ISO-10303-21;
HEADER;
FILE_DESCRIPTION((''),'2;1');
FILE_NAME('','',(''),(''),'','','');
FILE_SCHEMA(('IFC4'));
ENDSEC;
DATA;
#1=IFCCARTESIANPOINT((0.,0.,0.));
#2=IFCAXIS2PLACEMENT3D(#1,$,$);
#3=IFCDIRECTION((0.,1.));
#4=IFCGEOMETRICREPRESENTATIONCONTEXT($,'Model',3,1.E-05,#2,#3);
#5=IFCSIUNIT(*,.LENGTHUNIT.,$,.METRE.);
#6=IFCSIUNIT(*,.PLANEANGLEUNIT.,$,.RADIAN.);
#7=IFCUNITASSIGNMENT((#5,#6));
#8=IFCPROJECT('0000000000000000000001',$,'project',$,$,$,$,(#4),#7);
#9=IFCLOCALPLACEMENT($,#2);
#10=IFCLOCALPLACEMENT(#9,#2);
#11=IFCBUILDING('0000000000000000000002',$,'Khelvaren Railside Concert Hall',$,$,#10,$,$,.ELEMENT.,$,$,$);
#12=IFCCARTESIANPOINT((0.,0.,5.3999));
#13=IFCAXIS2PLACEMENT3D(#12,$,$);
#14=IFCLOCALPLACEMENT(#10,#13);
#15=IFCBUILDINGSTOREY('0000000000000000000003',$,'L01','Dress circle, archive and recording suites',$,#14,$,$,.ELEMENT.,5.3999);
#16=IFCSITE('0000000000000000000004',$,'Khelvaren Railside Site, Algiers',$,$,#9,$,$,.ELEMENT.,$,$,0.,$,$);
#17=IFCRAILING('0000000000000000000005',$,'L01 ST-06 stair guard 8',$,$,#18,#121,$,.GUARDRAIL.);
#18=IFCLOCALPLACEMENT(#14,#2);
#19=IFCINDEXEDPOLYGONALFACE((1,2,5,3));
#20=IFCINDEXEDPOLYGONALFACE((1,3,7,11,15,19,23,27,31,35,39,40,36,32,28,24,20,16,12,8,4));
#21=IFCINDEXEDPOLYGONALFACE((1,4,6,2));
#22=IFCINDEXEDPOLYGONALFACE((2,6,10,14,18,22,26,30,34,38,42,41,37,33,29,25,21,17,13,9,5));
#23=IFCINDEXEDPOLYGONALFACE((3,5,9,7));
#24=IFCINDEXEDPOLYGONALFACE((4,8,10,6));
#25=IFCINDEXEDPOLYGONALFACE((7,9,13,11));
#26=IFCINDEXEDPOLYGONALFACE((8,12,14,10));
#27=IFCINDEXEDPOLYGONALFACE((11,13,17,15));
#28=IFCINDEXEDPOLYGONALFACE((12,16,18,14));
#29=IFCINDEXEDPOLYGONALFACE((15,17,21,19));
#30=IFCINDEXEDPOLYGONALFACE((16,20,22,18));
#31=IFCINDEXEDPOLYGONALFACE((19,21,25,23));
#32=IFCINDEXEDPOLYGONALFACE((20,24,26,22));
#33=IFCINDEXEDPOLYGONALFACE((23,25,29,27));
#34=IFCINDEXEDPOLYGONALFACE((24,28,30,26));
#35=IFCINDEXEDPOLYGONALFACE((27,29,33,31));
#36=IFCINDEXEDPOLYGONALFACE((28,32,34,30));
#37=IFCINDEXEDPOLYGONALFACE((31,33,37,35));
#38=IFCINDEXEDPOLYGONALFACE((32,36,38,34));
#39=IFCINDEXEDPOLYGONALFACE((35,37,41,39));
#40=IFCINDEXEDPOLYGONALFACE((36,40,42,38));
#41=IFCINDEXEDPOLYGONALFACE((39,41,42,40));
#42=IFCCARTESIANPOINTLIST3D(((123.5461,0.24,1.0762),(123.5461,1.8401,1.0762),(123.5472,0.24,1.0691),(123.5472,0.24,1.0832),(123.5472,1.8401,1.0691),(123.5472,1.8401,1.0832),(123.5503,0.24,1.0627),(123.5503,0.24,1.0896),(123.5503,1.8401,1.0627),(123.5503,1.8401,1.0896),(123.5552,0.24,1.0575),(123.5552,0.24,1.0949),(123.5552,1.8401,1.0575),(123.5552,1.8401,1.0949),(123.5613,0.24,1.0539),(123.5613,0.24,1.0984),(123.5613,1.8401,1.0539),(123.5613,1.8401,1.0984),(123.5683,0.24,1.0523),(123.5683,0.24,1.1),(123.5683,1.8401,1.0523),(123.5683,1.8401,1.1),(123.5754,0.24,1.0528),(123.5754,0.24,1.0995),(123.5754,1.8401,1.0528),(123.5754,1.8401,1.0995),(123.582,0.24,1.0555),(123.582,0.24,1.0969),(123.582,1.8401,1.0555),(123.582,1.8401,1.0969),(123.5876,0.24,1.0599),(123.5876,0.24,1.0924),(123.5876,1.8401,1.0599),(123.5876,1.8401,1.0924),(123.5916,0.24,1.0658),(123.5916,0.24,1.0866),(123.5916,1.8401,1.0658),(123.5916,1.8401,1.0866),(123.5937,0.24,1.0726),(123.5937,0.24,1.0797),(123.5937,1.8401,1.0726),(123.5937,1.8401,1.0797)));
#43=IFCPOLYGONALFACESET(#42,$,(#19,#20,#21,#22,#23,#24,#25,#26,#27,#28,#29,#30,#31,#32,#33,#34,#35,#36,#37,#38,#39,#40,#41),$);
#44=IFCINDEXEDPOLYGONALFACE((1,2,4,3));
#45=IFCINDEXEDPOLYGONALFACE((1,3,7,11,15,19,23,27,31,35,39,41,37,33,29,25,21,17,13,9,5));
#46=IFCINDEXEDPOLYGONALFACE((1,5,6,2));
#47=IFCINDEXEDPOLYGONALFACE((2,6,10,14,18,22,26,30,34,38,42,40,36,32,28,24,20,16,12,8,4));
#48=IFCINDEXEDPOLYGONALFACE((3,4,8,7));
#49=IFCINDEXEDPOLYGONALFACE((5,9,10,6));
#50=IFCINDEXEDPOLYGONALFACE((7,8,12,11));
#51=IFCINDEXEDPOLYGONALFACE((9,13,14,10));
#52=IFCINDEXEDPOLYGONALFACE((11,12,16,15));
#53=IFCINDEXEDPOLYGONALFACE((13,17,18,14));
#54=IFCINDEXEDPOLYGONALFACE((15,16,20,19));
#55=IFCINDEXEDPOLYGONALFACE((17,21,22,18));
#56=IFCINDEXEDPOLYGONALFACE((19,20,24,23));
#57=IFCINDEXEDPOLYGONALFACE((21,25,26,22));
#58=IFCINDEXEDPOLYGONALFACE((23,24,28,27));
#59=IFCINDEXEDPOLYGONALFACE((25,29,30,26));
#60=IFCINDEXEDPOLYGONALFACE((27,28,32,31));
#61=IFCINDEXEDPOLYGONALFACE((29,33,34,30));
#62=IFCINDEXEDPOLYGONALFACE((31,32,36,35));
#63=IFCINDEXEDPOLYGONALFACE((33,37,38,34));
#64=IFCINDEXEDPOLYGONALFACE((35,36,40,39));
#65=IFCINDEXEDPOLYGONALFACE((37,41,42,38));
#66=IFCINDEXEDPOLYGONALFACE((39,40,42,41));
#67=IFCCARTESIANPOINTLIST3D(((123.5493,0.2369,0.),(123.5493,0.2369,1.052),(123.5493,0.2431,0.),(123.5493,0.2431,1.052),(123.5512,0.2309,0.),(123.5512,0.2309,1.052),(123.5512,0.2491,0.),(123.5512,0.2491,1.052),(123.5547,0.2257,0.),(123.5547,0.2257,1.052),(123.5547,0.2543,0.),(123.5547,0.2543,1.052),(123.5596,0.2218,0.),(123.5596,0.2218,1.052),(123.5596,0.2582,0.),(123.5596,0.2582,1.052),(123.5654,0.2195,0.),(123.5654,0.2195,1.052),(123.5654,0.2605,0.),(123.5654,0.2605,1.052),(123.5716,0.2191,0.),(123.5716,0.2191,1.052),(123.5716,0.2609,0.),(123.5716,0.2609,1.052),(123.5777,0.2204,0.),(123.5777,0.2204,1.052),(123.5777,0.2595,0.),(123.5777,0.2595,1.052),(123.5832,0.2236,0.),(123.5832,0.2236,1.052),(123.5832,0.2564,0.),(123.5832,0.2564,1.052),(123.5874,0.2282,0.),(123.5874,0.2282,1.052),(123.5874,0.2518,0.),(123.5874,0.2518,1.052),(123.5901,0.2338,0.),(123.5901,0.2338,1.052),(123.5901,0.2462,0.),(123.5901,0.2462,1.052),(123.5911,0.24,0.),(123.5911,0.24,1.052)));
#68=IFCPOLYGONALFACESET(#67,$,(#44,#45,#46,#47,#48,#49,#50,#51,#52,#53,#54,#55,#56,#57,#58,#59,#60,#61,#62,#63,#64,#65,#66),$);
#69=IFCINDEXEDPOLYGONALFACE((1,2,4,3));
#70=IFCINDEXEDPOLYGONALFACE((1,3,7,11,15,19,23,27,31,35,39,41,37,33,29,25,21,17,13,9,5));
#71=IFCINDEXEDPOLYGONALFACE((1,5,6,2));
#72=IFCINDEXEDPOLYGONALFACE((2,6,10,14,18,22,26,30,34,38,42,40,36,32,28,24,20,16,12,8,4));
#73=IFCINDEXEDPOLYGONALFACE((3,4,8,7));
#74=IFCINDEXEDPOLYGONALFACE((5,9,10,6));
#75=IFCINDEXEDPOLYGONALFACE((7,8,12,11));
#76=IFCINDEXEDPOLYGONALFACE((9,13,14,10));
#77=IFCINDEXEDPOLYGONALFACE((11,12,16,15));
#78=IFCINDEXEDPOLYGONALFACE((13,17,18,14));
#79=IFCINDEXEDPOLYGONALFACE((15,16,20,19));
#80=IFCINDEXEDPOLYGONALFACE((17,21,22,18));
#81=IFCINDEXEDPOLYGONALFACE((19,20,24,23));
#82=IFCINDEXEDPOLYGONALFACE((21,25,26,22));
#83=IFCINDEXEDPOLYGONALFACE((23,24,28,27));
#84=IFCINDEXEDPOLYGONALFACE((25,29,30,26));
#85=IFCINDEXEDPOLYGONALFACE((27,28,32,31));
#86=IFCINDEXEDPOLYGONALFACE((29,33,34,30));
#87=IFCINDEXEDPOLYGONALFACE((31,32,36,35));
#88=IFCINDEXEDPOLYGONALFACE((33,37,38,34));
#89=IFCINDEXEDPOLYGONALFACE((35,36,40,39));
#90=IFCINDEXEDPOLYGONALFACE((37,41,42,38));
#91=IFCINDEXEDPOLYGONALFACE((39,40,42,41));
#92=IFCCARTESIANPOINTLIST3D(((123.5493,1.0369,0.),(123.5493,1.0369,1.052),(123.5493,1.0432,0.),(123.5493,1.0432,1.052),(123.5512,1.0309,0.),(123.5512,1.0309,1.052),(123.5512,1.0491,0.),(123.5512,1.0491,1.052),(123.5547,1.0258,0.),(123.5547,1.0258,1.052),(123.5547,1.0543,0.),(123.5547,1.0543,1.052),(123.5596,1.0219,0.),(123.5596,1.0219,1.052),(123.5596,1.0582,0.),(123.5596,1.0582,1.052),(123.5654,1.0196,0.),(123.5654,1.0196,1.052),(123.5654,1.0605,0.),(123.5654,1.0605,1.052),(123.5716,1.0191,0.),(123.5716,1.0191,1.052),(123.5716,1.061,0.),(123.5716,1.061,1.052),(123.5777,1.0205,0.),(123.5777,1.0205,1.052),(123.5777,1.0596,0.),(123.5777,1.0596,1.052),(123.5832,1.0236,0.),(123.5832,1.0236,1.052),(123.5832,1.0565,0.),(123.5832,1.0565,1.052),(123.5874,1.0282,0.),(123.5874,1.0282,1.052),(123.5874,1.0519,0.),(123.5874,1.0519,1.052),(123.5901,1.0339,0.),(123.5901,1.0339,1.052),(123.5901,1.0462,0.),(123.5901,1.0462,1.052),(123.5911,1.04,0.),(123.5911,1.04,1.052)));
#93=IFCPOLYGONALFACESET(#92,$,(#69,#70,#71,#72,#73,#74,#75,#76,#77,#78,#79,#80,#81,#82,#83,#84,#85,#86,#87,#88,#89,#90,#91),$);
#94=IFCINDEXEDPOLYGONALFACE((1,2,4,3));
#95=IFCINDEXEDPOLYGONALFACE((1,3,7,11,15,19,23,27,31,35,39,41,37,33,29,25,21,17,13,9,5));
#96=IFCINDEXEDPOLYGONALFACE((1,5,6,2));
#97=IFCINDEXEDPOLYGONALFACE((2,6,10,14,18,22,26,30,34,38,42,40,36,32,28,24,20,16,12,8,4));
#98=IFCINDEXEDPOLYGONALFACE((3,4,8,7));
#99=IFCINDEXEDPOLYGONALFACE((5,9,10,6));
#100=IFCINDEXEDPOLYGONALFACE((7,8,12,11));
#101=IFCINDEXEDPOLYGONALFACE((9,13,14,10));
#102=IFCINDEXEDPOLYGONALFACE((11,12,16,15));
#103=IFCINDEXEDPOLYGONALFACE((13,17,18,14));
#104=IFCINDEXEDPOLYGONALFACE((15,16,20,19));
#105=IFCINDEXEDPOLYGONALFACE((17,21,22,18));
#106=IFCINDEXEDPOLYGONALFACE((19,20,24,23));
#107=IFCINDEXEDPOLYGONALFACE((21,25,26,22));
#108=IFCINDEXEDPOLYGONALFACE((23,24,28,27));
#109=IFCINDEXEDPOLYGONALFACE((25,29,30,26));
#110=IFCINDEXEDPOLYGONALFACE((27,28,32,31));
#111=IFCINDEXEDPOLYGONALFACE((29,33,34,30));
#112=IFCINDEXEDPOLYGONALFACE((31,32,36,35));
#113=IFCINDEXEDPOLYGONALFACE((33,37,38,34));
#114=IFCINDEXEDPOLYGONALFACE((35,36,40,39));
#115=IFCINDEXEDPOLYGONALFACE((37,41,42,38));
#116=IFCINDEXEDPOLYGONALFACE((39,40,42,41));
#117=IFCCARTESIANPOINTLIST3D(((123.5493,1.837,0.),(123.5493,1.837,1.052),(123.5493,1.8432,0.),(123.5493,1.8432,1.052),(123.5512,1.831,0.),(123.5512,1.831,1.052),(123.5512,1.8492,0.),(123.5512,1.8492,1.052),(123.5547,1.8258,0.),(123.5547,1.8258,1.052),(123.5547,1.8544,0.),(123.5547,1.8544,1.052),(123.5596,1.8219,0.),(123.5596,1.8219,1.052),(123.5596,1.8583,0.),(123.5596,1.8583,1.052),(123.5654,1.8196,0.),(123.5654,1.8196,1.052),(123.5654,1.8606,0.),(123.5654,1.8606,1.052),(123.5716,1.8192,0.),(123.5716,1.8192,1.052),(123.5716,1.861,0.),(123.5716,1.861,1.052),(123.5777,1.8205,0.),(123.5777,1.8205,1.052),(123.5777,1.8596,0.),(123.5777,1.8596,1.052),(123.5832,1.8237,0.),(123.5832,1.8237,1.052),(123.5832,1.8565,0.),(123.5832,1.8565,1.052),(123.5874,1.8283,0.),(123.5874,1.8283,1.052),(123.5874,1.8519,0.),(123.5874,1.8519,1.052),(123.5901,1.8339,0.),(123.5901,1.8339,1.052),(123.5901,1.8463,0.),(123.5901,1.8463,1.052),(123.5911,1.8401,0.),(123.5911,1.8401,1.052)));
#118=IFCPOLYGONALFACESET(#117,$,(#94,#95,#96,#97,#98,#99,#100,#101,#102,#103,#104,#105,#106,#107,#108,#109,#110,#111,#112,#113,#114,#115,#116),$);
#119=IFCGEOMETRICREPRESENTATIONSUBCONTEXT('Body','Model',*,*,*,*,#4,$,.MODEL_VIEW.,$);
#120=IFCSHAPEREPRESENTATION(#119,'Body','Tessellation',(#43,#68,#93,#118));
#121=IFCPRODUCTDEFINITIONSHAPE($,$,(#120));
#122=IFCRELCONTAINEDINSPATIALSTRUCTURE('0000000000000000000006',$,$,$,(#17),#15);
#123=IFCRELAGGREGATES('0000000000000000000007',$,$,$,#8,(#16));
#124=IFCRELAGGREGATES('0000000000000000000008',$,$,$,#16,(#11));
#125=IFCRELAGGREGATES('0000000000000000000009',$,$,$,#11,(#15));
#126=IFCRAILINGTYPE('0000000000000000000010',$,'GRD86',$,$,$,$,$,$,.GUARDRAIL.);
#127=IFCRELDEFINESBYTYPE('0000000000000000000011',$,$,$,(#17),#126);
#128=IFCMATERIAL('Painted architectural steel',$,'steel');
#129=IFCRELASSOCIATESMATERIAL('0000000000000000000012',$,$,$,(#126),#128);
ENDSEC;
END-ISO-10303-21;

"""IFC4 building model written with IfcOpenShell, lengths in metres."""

from ifc_helpers import new_model, si_unit, direction, frame, origin, origin_2d, place, context, subcontext, project, spatial, circle, extrude, material, type_object, element, save


model = new_model("IFC4")

# Units and contexts
model_context = context("Model", 3, precision=1e-05, world=origin(), true_north=direction((0.0, 1.0)))
body_context = subcontext(model_context, "Body", "Model", "MODEL_VIEW")
ifc_project = project(units=[si_unit("LENGTHUNIT", "METRE"), si_unit("PLANEANGLEUNIT", "RADIAN")], contexts=[model_context])

# Site, building, storey
site_placement = place(None, origin())
site = spatial("IfcSite", under=ifc_project, at=site_placement, Name="Khelvaren Railside Site, Algiers", CompositionType="ELEMENT", RefElevation=0.0)
building_placement = place(site_placement, origin())
building = spatial("IfcBuilding", under=site, at=building_placement, Name="Khelvaren Railside Concert Hall", CompositionType="ELEMENT")
storey_placement = place(building_placement, frame((0.0, 0.0, 5.3999)))
storey = spatial("IfcBuildingStorey", under=building, at=storey_placement, Name="L01", Description="Dress circle, archive and recording suites", CompositionType="ELEMENT", Elevation=5.3999)

# Railing
ifc_material_1 = material(Name="Painted architectural steel", Category="steel")
railing_type_1 = type_object("IfcRailingType", Name="GRD86", PredefinedType="GUARDRAIL", material=ifc_material_1)
railing_1_placement = place(storey_placement, frame((123.5701, 0.24, 0.0)))
element("IfcRailing", 1, at=railing_1_placement, inside=storey, type_object=railing_type_1, Name="L01 ST-06 stair guard 8", PredefinedType="GUARDRAIL", context=body_context, shape_type="SweptSolid", body=[
    extrude(circle(Radius=0.0239, at=origin_2d()), frame((0.0, 0.0, 1.0762), z_axis=(0.0, 1.0, 0.0), x_axis=(-1.0, 0.0, 0.0)), (0.0, 0.0, 1.0), 1.6001),
    extrude(circle(Radius=0.021, at=origin_2d()), origin(), (0.0, 0.0, 1.0), 1.052),
    extrude(circle(Radius=0.021, at=origin_2d()), frame((0.0, 0.8, 0.0)), (0.0, 0.0, 1.0), 1.052),
    extrude(circle(Radius=0.021, at=origin_2d()), frame((0.0, 1.6001, 0.0)), (0.0, 0.0, 1.0), 1.052),
])

save(model, "model.ifc")
